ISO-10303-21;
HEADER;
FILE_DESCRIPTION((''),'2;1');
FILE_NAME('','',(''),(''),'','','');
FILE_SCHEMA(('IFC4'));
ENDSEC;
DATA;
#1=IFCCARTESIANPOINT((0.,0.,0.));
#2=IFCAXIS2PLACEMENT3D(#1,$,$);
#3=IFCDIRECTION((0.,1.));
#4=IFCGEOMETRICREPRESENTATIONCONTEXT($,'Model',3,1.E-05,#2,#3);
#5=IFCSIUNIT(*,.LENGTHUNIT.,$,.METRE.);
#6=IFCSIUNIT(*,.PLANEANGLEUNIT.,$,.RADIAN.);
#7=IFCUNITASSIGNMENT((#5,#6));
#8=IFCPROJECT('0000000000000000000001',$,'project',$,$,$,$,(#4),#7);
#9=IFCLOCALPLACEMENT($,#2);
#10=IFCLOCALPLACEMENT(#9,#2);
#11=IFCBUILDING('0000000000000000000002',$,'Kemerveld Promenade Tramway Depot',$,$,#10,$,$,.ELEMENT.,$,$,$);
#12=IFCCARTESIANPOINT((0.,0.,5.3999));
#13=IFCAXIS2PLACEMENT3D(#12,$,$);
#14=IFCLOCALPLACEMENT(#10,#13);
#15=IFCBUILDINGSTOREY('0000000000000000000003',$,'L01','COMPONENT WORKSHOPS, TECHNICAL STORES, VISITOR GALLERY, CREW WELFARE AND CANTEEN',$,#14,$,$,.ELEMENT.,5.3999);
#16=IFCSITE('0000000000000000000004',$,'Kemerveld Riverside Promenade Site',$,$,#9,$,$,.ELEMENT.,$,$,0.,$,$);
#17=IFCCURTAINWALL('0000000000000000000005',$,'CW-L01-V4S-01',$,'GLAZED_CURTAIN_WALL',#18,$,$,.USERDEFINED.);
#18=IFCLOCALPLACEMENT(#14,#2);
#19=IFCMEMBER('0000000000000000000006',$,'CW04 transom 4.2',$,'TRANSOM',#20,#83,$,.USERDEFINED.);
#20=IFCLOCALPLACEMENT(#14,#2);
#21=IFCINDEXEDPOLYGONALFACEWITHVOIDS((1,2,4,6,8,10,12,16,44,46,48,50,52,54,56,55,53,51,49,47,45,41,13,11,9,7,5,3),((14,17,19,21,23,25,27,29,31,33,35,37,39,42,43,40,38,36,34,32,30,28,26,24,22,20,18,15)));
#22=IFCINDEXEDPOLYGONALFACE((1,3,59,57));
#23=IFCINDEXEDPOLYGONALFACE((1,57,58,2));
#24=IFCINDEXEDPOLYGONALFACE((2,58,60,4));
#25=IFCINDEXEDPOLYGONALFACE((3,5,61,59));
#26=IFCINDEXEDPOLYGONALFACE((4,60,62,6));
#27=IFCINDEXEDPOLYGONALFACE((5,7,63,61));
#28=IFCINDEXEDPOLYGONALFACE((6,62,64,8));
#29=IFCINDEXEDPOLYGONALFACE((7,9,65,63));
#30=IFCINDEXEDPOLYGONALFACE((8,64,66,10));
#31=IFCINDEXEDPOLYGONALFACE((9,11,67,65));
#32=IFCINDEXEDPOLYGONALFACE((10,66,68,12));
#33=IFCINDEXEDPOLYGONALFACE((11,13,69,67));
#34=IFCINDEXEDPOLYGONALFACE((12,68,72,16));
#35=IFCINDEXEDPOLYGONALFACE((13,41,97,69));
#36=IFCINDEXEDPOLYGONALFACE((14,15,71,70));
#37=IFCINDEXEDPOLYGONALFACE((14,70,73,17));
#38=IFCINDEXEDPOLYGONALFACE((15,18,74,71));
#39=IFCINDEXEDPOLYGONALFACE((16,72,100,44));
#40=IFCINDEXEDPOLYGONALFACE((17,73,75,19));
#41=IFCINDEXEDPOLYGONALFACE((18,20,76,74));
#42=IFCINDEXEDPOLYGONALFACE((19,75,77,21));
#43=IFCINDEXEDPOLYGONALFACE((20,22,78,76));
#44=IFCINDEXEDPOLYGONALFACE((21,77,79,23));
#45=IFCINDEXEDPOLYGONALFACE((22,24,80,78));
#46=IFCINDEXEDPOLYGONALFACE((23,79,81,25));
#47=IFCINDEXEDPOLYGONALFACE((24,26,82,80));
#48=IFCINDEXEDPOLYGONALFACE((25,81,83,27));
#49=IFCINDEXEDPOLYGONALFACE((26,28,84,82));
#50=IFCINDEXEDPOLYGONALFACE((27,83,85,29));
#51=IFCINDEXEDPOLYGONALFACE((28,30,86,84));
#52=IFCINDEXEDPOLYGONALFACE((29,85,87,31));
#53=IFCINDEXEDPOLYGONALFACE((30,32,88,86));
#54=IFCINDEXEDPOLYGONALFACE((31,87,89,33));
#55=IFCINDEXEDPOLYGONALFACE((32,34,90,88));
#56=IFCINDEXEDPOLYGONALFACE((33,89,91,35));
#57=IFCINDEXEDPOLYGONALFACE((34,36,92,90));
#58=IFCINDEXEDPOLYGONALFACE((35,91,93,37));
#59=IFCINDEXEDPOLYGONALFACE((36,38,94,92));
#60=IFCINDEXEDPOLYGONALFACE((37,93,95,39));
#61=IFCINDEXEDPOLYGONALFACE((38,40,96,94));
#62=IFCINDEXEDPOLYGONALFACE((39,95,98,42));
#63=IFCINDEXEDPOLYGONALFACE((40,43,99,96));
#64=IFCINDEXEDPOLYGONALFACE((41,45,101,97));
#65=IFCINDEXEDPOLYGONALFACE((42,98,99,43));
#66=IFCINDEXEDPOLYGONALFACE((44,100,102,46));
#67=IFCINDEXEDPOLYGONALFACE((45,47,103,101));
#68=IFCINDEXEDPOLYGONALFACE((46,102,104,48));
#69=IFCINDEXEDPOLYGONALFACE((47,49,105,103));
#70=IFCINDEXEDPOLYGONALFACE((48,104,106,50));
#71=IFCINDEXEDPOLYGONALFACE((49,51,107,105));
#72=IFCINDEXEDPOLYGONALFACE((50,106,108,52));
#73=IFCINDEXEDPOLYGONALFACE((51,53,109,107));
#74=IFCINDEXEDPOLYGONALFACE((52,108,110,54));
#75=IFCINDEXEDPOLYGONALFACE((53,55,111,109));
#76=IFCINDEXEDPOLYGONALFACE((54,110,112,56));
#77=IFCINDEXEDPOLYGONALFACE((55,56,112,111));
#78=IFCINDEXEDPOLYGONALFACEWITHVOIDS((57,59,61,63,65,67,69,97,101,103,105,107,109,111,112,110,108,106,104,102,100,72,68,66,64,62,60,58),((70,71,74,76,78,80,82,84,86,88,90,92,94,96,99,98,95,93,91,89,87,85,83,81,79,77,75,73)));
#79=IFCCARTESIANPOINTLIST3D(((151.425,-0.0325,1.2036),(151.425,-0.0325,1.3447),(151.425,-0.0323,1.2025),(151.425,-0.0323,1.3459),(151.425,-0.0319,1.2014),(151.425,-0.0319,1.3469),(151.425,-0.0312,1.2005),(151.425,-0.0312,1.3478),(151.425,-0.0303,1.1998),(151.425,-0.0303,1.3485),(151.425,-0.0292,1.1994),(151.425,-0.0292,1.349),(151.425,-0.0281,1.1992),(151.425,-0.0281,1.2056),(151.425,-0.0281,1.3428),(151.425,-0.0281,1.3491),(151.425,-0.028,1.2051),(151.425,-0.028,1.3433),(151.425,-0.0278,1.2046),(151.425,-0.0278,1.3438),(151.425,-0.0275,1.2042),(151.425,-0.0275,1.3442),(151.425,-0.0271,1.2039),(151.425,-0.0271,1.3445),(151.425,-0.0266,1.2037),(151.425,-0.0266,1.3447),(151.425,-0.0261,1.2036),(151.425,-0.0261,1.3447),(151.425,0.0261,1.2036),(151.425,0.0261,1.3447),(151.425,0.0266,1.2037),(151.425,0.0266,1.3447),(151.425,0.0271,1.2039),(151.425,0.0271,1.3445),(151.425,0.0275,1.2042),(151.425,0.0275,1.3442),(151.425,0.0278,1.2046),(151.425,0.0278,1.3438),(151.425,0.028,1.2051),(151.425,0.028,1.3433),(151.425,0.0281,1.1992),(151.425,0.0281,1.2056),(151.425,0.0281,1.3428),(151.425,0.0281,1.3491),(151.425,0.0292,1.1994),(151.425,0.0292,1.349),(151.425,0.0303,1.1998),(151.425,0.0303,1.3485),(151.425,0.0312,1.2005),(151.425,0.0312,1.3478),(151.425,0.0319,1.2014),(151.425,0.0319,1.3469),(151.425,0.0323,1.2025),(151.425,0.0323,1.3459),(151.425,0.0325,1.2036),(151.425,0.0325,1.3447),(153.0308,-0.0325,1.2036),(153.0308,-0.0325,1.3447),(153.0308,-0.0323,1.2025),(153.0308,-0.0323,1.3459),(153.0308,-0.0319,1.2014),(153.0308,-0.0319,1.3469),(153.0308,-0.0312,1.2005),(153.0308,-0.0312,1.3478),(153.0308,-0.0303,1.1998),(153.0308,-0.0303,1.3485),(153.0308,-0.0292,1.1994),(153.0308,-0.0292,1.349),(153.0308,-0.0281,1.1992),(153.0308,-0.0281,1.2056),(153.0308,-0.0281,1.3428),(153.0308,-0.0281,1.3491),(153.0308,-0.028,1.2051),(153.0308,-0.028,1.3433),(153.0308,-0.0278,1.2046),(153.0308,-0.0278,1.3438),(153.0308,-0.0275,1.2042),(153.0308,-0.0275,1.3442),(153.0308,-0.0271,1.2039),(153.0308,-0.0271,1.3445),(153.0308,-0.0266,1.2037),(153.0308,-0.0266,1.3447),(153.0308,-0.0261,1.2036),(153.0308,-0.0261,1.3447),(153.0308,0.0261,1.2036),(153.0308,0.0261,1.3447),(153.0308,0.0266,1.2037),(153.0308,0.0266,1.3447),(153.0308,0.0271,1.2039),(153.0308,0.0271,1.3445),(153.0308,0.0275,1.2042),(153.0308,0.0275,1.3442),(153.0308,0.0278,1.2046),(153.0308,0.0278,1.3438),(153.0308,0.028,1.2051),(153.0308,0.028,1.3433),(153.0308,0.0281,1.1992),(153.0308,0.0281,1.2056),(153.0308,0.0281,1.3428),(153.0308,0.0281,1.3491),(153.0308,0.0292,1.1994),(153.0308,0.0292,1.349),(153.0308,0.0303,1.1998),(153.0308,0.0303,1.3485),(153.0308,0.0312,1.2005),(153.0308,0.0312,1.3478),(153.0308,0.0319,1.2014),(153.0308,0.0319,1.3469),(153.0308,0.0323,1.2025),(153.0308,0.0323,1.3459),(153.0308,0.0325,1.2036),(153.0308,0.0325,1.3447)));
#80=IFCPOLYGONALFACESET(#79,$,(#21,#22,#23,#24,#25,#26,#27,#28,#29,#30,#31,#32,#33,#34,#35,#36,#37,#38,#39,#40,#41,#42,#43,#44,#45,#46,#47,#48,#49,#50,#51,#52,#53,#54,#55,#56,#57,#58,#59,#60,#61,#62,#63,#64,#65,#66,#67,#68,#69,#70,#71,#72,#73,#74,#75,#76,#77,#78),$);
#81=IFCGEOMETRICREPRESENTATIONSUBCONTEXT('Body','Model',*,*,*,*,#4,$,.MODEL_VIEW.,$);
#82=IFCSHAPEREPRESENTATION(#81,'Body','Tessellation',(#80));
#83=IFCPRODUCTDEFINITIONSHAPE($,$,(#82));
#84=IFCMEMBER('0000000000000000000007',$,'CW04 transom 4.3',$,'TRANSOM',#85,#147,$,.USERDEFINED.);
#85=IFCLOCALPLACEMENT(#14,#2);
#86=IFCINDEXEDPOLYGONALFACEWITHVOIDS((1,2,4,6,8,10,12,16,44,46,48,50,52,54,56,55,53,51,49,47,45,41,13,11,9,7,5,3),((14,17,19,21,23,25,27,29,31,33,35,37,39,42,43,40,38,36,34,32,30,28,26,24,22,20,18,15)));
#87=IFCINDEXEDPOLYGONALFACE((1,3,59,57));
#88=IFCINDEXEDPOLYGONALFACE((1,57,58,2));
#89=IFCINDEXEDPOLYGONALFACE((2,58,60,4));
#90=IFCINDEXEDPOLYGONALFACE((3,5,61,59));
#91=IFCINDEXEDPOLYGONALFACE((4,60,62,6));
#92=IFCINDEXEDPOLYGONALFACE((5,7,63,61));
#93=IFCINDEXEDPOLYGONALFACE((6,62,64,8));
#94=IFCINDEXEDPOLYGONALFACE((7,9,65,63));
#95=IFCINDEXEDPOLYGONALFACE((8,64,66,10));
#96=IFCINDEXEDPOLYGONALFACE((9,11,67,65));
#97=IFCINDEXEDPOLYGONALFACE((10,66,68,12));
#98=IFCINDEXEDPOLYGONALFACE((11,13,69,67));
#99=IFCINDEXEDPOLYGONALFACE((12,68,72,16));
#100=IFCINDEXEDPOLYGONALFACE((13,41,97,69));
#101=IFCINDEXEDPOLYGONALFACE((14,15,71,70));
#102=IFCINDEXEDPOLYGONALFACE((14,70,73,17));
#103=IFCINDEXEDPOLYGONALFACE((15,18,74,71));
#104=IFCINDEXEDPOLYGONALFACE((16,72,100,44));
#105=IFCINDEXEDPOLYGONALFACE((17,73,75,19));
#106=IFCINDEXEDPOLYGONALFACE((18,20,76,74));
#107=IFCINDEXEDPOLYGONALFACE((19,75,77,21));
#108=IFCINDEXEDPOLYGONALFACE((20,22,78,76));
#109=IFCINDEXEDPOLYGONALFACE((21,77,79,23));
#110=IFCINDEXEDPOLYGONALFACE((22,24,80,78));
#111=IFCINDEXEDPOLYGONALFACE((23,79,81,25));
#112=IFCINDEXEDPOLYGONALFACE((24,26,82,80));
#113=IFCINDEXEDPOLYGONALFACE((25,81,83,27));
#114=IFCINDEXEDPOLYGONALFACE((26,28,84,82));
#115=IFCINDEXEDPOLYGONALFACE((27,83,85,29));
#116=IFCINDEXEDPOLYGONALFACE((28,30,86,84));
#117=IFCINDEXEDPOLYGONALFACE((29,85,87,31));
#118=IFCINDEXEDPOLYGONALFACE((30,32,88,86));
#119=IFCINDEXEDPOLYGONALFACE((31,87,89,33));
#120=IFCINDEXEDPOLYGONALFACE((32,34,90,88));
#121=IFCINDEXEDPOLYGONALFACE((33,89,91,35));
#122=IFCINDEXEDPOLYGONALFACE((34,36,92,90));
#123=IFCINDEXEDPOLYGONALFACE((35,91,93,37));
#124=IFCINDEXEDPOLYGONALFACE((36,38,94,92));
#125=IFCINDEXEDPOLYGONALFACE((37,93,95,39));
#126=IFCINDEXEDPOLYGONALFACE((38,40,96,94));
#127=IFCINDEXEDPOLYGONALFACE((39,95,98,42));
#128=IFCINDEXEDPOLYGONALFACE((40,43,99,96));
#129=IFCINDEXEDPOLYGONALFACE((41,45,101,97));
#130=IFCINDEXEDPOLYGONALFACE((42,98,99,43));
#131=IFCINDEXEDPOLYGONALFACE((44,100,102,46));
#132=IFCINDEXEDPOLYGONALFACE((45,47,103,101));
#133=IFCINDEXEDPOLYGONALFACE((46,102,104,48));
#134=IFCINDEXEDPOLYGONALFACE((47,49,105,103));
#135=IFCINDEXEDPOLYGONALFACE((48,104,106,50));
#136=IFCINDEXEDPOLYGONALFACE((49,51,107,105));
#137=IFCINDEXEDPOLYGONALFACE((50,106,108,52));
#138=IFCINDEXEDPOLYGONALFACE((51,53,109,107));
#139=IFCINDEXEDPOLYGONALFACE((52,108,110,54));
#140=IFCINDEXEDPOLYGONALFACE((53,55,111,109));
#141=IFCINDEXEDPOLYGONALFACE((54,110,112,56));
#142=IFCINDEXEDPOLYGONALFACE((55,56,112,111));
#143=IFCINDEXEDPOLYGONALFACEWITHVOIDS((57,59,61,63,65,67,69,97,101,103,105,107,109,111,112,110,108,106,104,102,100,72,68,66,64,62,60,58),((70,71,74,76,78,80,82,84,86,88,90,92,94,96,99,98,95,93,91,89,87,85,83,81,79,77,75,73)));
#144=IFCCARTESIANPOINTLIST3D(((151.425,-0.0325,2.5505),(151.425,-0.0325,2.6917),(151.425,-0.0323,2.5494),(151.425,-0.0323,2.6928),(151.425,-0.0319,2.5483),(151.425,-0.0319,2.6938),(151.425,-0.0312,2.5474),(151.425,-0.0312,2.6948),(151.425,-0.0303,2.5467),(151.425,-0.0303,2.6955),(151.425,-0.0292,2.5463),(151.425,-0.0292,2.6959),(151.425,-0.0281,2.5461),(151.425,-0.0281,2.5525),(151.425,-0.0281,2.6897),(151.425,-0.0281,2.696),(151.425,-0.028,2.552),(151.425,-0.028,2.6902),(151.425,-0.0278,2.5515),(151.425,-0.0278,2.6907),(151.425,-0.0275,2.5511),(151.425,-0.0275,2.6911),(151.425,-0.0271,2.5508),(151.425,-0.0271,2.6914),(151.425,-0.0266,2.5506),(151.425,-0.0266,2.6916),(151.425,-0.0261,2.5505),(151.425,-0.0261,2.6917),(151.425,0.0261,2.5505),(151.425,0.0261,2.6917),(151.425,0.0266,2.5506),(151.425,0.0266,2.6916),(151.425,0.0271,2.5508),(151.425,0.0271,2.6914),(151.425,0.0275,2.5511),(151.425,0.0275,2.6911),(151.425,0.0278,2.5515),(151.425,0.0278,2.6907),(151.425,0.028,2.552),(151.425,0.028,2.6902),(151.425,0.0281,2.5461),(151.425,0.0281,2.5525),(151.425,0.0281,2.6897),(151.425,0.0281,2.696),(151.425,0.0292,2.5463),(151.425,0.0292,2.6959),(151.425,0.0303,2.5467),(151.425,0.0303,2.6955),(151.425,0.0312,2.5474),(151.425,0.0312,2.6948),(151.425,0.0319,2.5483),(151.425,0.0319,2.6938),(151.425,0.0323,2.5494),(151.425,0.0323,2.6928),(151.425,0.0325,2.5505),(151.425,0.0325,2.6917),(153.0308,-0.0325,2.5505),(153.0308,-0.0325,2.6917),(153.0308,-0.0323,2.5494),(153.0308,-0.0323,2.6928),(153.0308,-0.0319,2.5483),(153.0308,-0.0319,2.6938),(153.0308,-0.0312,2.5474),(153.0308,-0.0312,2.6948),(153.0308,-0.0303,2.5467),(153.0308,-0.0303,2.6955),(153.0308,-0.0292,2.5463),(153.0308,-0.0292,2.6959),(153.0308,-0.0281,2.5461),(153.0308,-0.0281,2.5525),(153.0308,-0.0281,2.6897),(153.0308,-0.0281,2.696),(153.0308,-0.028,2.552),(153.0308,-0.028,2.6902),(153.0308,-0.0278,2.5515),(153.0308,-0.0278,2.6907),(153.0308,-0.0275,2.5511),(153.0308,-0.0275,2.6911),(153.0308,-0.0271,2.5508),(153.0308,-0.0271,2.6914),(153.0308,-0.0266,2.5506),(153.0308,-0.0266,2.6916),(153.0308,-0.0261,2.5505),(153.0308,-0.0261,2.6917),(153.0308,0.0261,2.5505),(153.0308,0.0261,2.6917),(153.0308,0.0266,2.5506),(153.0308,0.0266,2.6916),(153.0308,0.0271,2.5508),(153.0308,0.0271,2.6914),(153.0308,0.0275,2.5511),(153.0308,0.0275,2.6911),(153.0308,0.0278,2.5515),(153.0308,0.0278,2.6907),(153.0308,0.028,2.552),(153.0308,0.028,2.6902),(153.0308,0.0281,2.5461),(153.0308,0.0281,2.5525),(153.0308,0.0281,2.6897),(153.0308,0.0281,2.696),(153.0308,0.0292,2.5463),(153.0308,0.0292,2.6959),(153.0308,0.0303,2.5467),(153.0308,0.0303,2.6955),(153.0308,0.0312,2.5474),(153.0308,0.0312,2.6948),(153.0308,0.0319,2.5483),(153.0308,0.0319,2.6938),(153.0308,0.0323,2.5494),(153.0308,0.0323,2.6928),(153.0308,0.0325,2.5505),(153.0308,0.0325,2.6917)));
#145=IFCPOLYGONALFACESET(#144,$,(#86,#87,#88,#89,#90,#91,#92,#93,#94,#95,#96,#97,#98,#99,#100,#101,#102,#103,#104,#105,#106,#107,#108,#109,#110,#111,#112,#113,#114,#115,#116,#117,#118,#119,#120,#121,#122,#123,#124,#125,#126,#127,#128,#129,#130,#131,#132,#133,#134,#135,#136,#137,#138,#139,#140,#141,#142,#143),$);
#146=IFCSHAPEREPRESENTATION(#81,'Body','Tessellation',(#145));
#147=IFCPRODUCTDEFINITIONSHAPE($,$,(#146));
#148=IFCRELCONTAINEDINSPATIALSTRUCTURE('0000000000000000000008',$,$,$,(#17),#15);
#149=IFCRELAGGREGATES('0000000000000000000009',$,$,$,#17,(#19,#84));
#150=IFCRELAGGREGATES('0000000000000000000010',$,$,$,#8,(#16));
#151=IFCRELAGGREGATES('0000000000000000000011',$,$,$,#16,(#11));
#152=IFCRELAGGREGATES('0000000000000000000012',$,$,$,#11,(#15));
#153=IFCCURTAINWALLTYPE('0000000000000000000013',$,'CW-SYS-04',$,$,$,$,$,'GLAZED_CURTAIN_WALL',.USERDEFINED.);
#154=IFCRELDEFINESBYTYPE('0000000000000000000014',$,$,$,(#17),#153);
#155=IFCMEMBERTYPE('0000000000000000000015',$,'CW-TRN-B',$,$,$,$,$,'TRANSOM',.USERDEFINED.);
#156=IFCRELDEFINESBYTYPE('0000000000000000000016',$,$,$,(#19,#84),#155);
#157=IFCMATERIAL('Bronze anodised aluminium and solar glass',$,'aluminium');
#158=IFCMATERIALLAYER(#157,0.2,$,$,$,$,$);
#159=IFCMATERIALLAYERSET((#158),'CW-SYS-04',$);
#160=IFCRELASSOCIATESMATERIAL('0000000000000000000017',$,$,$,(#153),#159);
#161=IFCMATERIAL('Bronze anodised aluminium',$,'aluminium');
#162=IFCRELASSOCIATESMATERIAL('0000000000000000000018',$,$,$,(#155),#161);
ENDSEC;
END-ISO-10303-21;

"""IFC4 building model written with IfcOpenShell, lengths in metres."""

from ifc_helpers import new_model, si_unit, direction, frame, origin, origin_2d, place, context, subcontext, project, spatial, hollow_rectangle, extrude, material, layer, layer_set, material_profile, profile_set, type_object, element, aggregate, save


model = new_model("IFC4")

# Units and contexts
model_context = context("Model", 3, precision=1e-05, world=origin(), true_north=direction((0.0, 1.0)))
body_context = subcontext(model_context, "Body", "Model", "MODEL_VIEW")
ifc_project = project(units=[si_unit("LENGTHUNIT", "METRE"), si_unit("PLANEANGLEUNIT", "RADIAN")], contexts=[model_context])

# Site, building, storey
site_placement = place(None, origin())
site = spatial("IfcSite", under=ifc_project, at=site_placement, Name="Kemerveld Riverside Promenade Site", CompositionType="ELEMENT", RefElevation=0.0)
building_placement = place(site_placement, origin())
building = spatial("IfcBuilding", under=site, at=building_placement, Name="Kemerveld Promenade Tramway Depot", CompositionType="ELEMENT")
storey_placement = place(building_placement, frame((0.0, 0.0, 5.3999)))
storey = spatial("IfcBuildingStorey", under=building, at=storey_placement, Name="L01", Description="COMPONENT WORKSHOPS, TECHNICAL STORES, VISITOR GALLERY, CREW WELFARE AND CANTEEN", CompositionType="ELEMENT", Elevation=5.3999)

# Curtain wall
ifc_material_1 = material(Name="Bronze anodised aluminium and solar glass", Category="aluminium")
ifc_layer_1 = layer(ifc_material_1, 0.2)
ifc_layer_set_1 = layer_set([ifc_layer_1], Name="CW-SYS-04")
curtain_wall_type_1 = type_object("IfcCurtainWallType", Name="CW-SYS-04", ElementType="GLAZED_CURTAIN_WALL", PredefinedType="USERDEFINED", material=ifc_layer_set_1)
curtain_wall_1_placement = place(storey_placement, origin())
curtain_wall_1 = element("IfcCurtainWall", 1, at=curtain_wall_1_placement, inside=storey, type_object=curtain_wall_type_1, Name="CW-L01-V4S-01", ObjectType="GLAZED_CURTAIN_WALL", PredefinedType="USERDEFINED")
ifc_material_2 = material(Name="Bronze anodised aluminium", Category="aluminium")

# Members
ifc_material_profile_1 = material_profile(ifc_material_2, hollow_rectangle(XDim=0.0649, YDim=0.1499, WallThickness=0.0044, InnerFilletRadius=0.002, OuterFilletRadius=0.0044, at=origin_2d()), Name="CW-TRN-150x65")
ifc_profile_set_1 = profile_set([ifc_material_profile_1], Name="Bronze anodised aluminium")
member_type_1 = type_object("IfcMemberType", Name="CW-TRN-B", ElementType="TRANSOM", PredefinedType="USERDEFINED", material=ifc_profile_set_1)
member_1_placement = place(storey_placement, frame((153.0308, 0.0, 1.2742), z_axis=(-1.0, 0.0, 0.0), x_axis=(0.0, -1.0, 0.0)))
member_1 = element("IfcMember", 2, at=member_1_placement, type_object=member_type_1, Name="CW04 transom 4.2", ObjectType="TRANSOM", PredefinedType="USERDEFINED", context=body_context, shape_type="SweptSolid", body=[
    extrude(hollow_rectangle(XDim=0.0649, YDim=0.1499, WallThickness=0.0044, InnerFilletRadius=0.002, OuterFilletRadius=0.0044, at=origin_2d()), origin(), (0.0, 0.0, 1.0), 1.6057),
])
member_2_placement = place(storey_placement, frame((153.0308, 0.0, 2.6211), z_axis=(-1.0, 0.0, 0.0), x_axis=(0.0, -1.0, 0.0)))
member_2 = element("IfcMember", 3, at=member_2_placement, type_object=member_type_1, Name="CW04 transom 4.3", ObjectType="TRANSOM", PredefinedType="USERDEFINED", context=body_context, shape_type="SweptSolid", body=[
    extrude(hollow_rectangle(XDim=0.0649, YDim=0.1499, WallThickness=0.0044, InnerFilletRadius=0.002, OuterFilletRadius=0.0044, at=origin_2d()), origin(), (0.0, 0.0, 1.0), 1.6057),
])

aggregate(curtain_wall_1, [member_1, member_2])

save(model, "model.ifc")
